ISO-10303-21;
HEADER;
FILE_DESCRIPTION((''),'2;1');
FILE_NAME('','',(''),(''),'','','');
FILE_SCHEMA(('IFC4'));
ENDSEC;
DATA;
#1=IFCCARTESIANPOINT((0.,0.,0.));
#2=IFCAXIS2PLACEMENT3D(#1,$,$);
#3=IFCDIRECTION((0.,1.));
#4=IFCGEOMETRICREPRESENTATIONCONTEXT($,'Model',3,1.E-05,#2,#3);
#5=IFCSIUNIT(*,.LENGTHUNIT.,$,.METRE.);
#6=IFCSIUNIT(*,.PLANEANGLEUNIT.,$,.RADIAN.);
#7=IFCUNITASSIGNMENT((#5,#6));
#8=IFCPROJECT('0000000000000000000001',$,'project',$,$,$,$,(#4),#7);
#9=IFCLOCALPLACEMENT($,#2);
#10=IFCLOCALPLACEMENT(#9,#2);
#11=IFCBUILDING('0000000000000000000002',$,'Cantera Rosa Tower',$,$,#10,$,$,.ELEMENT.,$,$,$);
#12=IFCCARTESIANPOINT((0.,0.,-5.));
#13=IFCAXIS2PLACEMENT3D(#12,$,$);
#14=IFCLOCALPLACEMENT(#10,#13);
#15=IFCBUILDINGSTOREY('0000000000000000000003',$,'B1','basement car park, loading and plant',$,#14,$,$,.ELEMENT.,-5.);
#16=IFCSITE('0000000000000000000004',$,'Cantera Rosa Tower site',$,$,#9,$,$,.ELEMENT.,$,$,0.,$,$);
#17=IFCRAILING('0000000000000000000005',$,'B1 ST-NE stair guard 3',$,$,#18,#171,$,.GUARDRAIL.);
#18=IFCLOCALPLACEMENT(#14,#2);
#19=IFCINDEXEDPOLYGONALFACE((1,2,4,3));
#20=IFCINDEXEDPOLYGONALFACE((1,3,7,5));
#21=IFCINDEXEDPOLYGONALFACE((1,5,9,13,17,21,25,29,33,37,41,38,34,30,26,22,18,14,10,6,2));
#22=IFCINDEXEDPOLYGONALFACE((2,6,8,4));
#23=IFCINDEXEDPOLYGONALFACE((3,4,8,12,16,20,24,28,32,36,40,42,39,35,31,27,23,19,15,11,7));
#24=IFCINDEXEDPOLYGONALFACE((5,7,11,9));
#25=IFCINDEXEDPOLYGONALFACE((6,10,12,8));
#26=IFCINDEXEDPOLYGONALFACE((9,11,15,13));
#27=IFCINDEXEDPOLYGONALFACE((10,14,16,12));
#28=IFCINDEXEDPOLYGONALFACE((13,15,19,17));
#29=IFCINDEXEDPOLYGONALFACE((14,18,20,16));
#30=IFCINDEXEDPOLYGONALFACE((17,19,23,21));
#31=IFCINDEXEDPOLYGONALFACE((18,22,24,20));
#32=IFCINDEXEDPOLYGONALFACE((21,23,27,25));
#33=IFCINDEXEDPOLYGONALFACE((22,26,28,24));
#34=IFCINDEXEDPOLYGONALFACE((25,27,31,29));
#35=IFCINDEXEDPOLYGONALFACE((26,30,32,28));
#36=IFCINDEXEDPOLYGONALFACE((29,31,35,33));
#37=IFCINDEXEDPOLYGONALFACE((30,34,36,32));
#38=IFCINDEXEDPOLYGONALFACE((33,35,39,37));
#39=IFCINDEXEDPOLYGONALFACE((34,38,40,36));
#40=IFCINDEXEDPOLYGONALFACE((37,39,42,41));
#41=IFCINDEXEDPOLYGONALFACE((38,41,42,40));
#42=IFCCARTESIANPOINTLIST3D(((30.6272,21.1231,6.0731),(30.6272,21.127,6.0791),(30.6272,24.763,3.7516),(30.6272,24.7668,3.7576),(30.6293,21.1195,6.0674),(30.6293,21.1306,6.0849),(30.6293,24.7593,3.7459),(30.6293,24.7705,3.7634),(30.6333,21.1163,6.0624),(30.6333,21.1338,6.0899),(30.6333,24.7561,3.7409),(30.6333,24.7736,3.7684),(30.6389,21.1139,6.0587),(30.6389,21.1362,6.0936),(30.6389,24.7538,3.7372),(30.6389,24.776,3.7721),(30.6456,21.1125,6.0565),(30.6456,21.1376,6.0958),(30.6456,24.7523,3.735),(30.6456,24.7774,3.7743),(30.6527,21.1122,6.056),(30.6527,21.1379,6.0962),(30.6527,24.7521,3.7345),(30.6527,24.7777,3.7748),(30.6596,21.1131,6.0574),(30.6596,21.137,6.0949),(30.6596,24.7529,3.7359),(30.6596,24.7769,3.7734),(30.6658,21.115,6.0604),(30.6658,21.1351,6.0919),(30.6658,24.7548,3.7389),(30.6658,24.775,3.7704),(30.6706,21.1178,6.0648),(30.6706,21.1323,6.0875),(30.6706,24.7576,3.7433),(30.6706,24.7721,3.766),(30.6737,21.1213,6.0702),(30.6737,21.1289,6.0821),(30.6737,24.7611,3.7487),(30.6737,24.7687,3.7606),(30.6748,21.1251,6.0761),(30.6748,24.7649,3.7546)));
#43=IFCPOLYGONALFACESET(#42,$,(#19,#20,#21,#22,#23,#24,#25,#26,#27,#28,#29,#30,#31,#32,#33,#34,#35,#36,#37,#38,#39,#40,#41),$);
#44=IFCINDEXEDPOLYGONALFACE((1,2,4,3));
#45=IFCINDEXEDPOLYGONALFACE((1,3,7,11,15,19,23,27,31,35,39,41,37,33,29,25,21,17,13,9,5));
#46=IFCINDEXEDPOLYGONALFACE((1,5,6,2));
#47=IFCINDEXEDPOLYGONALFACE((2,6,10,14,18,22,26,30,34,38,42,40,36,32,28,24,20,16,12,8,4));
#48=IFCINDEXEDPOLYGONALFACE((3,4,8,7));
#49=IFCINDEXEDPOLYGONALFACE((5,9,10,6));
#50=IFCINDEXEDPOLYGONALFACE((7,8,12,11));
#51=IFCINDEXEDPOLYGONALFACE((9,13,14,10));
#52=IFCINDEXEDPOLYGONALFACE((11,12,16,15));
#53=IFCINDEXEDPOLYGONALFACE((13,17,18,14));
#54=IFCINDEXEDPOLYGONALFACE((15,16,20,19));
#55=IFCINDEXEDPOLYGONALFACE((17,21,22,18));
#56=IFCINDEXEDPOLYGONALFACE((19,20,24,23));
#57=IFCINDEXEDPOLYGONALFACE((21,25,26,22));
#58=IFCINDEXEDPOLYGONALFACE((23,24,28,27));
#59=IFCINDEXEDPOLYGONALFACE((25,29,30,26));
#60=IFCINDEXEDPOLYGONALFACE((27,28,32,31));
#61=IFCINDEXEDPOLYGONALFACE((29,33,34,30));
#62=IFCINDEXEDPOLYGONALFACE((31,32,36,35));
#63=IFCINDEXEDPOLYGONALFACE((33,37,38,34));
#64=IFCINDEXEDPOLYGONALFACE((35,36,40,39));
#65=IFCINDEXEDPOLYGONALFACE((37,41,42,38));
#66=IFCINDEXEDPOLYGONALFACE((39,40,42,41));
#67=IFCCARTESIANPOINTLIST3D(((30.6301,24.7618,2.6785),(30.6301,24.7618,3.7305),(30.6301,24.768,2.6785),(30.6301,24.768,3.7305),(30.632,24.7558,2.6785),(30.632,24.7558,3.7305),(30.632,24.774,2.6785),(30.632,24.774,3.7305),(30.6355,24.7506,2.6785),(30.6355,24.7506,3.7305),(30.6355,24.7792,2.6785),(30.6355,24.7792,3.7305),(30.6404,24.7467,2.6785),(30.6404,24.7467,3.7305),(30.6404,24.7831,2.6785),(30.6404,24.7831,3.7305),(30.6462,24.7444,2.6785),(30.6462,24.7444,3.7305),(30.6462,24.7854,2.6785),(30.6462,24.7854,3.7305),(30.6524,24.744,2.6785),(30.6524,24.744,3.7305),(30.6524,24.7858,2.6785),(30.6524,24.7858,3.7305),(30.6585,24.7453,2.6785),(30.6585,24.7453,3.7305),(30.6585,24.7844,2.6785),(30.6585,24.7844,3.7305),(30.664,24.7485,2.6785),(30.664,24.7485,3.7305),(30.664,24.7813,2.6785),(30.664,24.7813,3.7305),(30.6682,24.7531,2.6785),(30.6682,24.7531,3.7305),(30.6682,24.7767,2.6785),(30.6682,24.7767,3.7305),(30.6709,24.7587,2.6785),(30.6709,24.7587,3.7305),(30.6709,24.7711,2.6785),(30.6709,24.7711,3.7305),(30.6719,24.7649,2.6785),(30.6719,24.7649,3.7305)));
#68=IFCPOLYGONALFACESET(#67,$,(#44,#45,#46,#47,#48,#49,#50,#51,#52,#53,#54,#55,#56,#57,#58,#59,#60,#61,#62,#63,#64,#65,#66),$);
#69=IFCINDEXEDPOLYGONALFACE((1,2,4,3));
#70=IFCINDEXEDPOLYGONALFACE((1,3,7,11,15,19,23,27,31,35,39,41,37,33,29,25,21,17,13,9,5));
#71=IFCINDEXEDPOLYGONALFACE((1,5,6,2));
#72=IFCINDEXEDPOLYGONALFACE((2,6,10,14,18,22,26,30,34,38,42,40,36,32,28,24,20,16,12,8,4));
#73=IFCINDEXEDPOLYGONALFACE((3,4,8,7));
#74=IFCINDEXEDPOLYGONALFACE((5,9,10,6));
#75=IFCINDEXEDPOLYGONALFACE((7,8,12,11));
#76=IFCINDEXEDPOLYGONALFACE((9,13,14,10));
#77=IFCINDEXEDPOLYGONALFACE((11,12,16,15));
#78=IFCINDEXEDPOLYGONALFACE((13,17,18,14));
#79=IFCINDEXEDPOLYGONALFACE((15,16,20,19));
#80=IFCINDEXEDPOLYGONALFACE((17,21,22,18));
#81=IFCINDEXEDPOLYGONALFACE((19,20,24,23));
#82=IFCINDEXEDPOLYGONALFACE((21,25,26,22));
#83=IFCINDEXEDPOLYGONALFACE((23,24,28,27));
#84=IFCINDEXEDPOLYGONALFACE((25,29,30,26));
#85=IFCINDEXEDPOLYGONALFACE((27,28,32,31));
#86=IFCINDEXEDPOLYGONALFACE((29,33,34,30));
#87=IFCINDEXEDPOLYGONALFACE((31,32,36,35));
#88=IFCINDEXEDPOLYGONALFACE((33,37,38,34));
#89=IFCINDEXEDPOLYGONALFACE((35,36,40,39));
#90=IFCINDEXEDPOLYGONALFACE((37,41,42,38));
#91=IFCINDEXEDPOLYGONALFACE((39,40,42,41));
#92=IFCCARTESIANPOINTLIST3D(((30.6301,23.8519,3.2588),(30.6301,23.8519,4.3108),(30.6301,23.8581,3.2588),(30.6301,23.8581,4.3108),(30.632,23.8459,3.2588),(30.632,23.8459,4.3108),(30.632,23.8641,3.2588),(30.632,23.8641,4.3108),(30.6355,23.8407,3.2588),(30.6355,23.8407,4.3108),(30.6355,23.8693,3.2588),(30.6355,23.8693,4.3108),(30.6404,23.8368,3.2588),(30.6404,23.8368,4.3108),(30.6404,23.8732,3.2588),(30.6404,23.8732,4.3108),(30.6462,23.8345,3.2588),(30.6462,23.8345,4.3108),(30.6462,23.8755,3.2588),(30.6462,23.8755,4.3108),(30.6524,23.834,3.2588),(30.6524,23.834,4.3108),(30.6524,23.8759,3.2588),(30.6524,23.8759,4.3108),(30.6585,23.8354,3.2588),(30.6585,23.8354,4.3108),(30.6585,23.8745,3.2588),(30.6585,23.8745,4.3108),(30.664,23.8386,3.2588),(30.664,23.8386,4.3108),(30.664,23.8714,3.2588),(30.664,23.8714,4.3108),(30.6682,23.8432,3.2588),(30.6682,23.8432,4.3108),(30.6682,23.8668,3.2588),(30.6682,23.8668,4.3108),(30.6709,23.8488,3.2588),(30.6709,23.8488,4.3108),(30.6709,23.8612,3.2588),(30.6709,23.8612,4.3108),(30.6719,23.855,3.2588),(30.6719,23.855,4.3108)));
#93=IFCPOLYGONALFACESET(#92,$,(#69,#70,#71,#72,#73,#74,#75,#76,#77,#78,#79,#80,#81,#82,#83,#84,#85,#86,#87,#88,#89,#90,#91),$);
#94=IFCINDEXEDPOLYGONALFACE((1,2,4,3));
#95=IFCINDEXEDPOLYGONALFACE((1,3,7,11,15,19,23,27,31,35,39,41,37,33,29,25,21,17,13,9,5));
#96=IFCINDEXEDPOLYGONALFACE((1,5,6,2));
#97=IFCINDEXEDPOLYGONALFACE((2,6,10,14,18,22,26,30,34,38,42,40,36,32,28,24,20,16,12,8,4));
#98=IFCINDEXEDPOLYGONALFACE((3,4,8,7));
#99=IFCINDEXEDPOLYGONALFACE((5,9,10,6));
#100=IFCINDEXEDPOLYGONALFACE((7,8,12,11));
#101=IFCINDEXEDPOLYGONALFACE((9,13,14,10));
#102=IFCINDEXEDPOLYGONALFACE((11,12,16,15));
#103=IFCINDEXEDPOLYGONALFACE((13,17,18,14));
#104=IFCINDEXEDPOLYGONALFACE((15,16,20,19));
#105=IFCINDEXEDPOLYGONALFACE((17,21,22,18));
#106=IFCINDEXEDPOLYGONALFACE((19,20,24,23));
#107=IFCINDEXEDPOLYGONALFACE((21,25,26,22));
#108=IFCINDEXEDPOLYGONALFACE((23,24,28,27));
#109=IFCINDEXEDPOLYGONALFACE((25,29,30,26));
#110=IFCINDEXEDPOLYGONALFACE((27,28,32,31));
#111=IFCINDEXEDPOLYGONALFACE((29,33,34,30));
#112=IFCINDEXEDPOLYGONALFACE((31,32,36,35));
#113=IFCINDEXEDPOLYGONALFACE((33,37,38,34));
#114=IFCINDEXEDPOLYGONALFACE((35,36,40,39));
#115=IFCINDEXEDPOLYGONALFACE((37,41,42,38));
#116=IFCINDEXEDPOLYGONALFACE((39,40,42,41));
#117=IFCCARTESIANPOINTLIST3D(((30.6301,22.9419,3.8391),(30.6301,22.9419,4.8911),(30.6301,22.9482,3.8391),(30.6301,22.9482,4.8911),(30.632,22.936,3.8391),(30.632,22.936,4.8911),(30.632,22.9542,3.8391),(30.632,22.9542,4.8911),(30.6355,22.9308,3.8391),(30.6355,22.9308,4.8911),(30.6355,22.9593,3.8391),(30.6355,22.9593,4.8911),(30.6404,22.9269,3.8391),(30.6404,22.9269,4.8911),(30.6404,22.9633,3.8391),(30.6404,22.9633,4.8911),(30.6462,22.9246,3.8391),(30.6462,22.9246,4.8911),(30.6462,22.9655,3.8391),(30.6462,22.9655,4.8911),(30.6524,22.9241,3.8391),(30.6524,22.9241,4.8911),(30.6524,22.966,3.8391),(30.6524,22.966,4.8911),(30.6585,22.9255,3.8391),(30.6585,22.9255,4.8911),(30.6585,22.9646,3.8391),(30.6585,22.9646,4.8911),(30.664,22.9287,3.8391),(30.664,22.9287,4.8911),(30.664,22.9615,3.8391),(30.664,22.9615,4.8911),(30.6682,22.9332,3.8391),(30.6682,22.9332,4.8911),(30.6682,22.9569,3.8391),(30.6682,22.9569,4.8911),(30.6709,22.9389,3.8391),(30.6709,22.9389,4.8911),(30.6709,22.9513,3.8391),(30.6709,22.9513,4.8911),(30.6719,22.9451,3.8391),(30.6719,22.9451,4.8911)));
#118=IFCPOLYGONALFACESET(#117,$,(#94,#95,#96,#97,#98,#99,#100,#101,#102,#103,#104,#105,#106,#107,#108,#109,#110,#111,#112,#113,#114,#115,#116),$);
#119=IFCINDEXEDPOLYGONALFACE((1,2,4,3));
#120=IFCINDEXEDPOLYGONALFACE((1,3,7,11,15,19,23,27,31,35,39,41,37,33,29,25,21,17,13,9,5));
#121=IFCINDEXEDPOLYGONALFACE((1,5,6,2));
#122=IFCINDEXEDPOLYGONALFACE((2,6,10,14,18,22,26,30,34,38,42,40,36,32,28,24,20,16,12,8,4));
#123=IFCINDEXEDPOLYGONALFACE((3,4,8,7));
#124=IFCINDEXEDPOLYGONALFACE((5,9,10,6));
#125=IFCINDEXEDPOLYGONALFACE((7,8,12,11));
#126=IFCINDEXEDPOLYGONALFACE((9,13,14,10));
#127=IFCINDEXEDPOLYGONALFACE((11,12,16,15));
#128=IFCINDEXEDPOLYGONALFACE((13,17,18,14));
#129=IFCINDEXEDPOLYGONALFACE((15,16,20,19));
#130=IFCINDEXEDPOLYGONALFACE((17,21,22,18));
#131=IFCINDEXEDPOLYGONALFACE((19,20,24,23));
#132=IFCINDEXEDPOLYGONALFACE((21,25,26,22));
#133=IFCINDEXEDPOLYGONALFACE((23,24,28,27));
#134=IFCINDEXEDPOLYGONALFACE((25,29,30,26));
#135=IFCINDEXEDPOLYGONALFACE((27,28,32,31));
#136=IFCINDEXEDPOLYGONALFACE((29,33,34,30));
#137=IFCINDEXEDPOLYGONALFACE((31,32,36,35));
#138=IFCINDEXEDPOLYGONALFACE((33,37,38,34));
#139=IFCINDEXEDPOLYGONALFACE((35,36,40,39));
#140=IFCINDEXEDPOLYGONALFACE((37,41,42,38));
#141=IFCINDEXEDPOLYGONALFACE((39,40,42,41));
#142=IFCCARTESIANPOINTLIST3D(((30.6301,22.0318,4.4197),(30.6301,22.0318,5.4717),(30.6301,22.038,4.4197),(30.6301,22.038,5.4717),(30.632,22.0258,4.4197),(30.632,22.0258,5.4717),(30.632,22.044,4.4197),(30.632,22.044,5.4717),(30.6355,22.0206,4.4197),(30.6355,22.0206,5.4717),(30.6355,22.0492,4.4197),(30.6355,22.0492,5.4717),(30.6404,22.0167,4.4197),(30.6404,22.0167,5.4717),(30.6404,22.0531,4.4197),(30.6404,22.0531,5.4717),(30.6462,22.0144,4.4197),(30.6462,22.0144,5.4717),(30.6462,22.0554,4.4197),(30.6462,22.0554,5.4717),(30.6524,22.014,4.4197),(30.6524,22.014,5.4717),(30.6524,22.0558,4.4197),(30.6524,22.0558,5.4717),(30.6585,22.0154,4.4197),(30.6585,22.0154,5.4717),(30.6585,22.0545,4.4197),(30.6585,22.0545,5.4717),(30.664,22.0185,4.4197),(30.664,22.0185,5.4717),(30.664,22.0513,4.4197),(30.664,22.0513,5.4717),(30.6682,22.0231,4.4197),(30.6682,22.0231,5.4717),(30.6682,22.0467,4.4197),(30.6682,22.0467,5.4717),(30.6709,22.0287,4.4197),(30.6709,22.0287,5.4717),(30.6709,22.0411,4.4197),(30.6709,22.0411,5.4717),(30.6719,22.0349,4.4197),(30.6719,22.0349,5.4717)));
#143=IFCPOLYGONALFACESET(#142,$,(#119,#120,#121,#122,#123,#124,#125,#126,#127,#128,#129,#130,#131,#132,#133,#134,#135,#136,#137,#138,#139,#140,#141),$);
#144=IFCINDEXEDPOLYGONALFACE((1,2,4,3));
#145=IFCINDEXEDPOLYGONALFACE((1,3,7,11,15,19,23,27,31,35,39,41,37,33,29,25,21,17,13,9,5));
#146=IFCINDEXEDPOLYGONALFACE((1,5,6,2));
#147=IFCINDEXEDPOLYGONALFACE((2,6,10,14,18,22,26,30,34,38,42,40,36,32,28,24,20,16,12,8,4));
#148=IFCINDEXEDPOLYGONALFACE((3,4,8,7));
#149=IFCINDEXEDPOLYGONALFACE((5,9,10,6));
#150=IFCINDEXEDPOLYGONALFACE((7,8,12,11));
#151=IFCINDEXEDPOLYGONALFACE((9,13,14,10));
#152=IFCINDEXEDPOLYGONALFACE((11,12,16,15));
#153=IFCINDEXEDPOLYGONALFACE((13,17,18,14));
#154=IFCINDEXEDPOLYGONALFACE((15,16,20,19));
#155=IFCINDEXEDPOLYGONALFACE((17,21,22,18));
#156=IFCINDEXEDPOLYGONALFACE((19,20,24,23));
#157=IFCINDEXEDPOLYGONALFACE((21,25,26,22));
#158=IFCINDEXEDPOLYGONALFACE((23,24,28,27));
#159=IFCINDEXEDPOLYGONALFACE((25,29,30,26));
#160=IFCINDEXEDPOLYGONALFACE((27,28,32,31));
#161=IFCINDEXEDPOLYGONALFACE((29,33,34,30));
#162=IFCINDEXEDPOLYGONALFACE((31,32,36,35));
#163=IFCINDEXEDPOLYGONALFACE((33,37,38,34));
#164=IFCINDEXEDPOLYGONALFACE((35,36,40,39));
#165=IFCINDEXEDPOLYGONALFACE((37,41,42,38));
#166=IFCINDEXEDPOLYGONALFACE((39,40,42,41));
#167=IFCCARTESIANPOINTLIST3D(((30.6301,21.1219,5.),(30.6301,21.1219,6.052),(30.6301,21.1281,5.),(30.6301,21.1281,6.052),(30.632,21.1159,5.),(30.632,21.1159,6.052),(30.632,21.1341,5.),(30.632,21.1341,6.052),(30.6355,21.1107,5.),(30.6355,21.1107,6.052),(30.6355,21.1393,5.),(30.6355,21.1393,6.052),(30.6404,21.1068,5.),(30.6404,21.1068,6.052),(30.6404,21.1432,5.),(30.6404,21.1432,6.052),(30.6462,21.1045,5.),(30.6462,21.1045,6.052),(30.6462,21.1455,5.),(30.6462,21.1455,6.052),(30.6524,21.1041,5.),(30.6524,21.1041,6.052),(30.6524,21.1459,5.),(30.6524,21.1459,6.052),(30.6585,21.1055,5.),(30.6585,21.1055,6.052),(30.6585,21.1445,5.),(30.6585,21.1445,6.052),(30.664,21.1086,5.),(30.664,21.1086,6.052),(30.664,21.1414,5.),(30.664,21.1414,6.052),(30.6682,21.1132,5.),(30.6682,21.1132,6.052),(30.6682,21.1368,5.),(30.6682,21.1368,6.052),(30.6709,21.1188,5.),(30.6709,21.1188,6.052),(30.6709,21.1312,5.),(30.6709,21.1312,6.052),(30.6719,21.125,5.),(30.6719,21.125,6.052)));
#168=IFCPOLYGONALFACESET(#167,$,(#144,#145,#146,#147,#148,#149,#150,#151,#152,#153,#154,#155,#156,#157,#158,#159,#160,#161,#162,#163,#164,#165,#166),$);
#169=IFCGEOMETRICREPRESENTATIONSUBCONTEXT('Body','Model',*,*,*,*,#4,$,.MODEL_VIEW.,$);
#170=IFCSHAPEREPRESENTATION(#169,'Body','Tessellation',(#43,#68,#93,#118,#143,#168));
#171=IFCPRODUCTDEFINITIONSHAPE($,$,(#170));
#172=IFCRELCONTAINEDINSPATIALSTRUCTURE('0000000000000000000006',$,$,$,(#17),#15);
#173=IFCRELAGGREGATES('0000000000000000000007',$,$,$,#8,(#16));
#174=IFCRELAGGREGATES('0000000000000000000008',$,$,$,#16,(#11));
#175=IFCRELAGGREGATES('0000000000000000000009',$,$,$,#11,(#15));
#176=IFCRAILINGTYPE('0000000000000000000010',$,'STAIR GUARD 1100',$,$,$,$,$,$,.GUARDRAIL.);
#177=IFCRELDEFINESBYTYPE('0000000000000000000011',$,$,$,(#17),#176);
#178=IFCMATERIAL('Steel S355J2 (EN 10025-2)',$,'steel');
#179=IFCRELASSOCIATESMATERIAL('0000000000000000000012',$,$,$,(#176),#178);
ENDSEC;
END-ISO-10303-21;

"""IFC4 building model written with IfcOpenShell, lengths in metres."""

from ifc_helpers import new_model, si_unit, direction, frame, origin, origin_2d, place, context, subcontext, project, spatial, circle, extrude, material, type_object, element, save


model = new_model("IFC4")

# Units and contexts
model_context = context("Model", 3, precision=1e-05, world=origin(), true_north=direction((0.0, 1.0)))
body_context = subcontext(model_context, "Body", "Model", "MODEL_VIEW")
ifc_project = project(units=[si_unit("LENGTHUNIT", "METRE"), si_unit("PLANEANGLEUNIT", "RADIAN")], contexts=[model_context])

# Site, building, storey
site_placement = place(None, origin())
site = spatial("IfcSite", under=ifc_project, at=site_placement, Name="Cantera Rosa Tower site", CompositionType="ELEMENT", RefElevation=0.0)
building_placement = place(site_placement, origin())
building = spatial("IfcBuilding", under=site, at=building_placement, Name="Cantera Rosa Tower", CompositionType="ELEMENT")
storey_placement = place(building_placement, frame((0.0, 0.0, -5.0)))
storey = spatial("IfcBuildingStorey", under=building, at=storey_placement, Name="B1", Description="basement car park, loading and plant", CompositionType="ELEMENT", Elevation=-5.0)

# Railing
ifc_material_1 = material(Name="Steel S355J2 (EN 10025-2)", Category="steel")
railing_type_1 = type_object("IfcRailingType", Name="STAIR GUARD 1100", PredefinedType="GUARDRAIL", material=ifc_material_1)
railing_1_placement = place(storey_placement, frame((30.6509, 24.7649, 2.6785)))
element("IfcRailing", 1, at=railing_1_placement, inside=storey, type_object=railing_type_1, Name="B1 ST-NE stair guard 3", PredefinedType="GUARDRAIL", context=body_context, shape_type="SweptSolid", body=[
    extrude(circle(Radius=0.0239, at=origin_2d()), frame((0.0, 0.0, 1.0762), z_axis=(0.0, -0.843112, 0.537739), x_axis=(1.0, 0.0, 0.0)), (0.0, 0.0, 1.0), 4.3171),
    extrude(circle(Radius=0.021, at=origin_2d()), origin(), (0.0, 0.0, 1.0), 1.052),
    extrude(circle(Radius=0.021, at=origin_2d()), frame((0.0, -0.9099, 0.5803)), (0.0, 0.0, 1.0), 1.052),
    extrude(circle(Radius=0.021, at=origin_2d()), frame((0.0, -1.8198, 1.1606)), (0.0, 0.0, 1.0), 1.052),
    extrude(circle(Radius=0.021, at=origin_2d()), frame((0.0, -2.73, 1.7412)), (0.0, 0.0, 1.0), 1.052),
    extrude(circle(Radius=0.021, at=origin_2d()), frame((0.0, -3.6399, 2.3215)), (0.0, 0.0, 1.0), 1.052),
])

save(model, "model.ifc")
